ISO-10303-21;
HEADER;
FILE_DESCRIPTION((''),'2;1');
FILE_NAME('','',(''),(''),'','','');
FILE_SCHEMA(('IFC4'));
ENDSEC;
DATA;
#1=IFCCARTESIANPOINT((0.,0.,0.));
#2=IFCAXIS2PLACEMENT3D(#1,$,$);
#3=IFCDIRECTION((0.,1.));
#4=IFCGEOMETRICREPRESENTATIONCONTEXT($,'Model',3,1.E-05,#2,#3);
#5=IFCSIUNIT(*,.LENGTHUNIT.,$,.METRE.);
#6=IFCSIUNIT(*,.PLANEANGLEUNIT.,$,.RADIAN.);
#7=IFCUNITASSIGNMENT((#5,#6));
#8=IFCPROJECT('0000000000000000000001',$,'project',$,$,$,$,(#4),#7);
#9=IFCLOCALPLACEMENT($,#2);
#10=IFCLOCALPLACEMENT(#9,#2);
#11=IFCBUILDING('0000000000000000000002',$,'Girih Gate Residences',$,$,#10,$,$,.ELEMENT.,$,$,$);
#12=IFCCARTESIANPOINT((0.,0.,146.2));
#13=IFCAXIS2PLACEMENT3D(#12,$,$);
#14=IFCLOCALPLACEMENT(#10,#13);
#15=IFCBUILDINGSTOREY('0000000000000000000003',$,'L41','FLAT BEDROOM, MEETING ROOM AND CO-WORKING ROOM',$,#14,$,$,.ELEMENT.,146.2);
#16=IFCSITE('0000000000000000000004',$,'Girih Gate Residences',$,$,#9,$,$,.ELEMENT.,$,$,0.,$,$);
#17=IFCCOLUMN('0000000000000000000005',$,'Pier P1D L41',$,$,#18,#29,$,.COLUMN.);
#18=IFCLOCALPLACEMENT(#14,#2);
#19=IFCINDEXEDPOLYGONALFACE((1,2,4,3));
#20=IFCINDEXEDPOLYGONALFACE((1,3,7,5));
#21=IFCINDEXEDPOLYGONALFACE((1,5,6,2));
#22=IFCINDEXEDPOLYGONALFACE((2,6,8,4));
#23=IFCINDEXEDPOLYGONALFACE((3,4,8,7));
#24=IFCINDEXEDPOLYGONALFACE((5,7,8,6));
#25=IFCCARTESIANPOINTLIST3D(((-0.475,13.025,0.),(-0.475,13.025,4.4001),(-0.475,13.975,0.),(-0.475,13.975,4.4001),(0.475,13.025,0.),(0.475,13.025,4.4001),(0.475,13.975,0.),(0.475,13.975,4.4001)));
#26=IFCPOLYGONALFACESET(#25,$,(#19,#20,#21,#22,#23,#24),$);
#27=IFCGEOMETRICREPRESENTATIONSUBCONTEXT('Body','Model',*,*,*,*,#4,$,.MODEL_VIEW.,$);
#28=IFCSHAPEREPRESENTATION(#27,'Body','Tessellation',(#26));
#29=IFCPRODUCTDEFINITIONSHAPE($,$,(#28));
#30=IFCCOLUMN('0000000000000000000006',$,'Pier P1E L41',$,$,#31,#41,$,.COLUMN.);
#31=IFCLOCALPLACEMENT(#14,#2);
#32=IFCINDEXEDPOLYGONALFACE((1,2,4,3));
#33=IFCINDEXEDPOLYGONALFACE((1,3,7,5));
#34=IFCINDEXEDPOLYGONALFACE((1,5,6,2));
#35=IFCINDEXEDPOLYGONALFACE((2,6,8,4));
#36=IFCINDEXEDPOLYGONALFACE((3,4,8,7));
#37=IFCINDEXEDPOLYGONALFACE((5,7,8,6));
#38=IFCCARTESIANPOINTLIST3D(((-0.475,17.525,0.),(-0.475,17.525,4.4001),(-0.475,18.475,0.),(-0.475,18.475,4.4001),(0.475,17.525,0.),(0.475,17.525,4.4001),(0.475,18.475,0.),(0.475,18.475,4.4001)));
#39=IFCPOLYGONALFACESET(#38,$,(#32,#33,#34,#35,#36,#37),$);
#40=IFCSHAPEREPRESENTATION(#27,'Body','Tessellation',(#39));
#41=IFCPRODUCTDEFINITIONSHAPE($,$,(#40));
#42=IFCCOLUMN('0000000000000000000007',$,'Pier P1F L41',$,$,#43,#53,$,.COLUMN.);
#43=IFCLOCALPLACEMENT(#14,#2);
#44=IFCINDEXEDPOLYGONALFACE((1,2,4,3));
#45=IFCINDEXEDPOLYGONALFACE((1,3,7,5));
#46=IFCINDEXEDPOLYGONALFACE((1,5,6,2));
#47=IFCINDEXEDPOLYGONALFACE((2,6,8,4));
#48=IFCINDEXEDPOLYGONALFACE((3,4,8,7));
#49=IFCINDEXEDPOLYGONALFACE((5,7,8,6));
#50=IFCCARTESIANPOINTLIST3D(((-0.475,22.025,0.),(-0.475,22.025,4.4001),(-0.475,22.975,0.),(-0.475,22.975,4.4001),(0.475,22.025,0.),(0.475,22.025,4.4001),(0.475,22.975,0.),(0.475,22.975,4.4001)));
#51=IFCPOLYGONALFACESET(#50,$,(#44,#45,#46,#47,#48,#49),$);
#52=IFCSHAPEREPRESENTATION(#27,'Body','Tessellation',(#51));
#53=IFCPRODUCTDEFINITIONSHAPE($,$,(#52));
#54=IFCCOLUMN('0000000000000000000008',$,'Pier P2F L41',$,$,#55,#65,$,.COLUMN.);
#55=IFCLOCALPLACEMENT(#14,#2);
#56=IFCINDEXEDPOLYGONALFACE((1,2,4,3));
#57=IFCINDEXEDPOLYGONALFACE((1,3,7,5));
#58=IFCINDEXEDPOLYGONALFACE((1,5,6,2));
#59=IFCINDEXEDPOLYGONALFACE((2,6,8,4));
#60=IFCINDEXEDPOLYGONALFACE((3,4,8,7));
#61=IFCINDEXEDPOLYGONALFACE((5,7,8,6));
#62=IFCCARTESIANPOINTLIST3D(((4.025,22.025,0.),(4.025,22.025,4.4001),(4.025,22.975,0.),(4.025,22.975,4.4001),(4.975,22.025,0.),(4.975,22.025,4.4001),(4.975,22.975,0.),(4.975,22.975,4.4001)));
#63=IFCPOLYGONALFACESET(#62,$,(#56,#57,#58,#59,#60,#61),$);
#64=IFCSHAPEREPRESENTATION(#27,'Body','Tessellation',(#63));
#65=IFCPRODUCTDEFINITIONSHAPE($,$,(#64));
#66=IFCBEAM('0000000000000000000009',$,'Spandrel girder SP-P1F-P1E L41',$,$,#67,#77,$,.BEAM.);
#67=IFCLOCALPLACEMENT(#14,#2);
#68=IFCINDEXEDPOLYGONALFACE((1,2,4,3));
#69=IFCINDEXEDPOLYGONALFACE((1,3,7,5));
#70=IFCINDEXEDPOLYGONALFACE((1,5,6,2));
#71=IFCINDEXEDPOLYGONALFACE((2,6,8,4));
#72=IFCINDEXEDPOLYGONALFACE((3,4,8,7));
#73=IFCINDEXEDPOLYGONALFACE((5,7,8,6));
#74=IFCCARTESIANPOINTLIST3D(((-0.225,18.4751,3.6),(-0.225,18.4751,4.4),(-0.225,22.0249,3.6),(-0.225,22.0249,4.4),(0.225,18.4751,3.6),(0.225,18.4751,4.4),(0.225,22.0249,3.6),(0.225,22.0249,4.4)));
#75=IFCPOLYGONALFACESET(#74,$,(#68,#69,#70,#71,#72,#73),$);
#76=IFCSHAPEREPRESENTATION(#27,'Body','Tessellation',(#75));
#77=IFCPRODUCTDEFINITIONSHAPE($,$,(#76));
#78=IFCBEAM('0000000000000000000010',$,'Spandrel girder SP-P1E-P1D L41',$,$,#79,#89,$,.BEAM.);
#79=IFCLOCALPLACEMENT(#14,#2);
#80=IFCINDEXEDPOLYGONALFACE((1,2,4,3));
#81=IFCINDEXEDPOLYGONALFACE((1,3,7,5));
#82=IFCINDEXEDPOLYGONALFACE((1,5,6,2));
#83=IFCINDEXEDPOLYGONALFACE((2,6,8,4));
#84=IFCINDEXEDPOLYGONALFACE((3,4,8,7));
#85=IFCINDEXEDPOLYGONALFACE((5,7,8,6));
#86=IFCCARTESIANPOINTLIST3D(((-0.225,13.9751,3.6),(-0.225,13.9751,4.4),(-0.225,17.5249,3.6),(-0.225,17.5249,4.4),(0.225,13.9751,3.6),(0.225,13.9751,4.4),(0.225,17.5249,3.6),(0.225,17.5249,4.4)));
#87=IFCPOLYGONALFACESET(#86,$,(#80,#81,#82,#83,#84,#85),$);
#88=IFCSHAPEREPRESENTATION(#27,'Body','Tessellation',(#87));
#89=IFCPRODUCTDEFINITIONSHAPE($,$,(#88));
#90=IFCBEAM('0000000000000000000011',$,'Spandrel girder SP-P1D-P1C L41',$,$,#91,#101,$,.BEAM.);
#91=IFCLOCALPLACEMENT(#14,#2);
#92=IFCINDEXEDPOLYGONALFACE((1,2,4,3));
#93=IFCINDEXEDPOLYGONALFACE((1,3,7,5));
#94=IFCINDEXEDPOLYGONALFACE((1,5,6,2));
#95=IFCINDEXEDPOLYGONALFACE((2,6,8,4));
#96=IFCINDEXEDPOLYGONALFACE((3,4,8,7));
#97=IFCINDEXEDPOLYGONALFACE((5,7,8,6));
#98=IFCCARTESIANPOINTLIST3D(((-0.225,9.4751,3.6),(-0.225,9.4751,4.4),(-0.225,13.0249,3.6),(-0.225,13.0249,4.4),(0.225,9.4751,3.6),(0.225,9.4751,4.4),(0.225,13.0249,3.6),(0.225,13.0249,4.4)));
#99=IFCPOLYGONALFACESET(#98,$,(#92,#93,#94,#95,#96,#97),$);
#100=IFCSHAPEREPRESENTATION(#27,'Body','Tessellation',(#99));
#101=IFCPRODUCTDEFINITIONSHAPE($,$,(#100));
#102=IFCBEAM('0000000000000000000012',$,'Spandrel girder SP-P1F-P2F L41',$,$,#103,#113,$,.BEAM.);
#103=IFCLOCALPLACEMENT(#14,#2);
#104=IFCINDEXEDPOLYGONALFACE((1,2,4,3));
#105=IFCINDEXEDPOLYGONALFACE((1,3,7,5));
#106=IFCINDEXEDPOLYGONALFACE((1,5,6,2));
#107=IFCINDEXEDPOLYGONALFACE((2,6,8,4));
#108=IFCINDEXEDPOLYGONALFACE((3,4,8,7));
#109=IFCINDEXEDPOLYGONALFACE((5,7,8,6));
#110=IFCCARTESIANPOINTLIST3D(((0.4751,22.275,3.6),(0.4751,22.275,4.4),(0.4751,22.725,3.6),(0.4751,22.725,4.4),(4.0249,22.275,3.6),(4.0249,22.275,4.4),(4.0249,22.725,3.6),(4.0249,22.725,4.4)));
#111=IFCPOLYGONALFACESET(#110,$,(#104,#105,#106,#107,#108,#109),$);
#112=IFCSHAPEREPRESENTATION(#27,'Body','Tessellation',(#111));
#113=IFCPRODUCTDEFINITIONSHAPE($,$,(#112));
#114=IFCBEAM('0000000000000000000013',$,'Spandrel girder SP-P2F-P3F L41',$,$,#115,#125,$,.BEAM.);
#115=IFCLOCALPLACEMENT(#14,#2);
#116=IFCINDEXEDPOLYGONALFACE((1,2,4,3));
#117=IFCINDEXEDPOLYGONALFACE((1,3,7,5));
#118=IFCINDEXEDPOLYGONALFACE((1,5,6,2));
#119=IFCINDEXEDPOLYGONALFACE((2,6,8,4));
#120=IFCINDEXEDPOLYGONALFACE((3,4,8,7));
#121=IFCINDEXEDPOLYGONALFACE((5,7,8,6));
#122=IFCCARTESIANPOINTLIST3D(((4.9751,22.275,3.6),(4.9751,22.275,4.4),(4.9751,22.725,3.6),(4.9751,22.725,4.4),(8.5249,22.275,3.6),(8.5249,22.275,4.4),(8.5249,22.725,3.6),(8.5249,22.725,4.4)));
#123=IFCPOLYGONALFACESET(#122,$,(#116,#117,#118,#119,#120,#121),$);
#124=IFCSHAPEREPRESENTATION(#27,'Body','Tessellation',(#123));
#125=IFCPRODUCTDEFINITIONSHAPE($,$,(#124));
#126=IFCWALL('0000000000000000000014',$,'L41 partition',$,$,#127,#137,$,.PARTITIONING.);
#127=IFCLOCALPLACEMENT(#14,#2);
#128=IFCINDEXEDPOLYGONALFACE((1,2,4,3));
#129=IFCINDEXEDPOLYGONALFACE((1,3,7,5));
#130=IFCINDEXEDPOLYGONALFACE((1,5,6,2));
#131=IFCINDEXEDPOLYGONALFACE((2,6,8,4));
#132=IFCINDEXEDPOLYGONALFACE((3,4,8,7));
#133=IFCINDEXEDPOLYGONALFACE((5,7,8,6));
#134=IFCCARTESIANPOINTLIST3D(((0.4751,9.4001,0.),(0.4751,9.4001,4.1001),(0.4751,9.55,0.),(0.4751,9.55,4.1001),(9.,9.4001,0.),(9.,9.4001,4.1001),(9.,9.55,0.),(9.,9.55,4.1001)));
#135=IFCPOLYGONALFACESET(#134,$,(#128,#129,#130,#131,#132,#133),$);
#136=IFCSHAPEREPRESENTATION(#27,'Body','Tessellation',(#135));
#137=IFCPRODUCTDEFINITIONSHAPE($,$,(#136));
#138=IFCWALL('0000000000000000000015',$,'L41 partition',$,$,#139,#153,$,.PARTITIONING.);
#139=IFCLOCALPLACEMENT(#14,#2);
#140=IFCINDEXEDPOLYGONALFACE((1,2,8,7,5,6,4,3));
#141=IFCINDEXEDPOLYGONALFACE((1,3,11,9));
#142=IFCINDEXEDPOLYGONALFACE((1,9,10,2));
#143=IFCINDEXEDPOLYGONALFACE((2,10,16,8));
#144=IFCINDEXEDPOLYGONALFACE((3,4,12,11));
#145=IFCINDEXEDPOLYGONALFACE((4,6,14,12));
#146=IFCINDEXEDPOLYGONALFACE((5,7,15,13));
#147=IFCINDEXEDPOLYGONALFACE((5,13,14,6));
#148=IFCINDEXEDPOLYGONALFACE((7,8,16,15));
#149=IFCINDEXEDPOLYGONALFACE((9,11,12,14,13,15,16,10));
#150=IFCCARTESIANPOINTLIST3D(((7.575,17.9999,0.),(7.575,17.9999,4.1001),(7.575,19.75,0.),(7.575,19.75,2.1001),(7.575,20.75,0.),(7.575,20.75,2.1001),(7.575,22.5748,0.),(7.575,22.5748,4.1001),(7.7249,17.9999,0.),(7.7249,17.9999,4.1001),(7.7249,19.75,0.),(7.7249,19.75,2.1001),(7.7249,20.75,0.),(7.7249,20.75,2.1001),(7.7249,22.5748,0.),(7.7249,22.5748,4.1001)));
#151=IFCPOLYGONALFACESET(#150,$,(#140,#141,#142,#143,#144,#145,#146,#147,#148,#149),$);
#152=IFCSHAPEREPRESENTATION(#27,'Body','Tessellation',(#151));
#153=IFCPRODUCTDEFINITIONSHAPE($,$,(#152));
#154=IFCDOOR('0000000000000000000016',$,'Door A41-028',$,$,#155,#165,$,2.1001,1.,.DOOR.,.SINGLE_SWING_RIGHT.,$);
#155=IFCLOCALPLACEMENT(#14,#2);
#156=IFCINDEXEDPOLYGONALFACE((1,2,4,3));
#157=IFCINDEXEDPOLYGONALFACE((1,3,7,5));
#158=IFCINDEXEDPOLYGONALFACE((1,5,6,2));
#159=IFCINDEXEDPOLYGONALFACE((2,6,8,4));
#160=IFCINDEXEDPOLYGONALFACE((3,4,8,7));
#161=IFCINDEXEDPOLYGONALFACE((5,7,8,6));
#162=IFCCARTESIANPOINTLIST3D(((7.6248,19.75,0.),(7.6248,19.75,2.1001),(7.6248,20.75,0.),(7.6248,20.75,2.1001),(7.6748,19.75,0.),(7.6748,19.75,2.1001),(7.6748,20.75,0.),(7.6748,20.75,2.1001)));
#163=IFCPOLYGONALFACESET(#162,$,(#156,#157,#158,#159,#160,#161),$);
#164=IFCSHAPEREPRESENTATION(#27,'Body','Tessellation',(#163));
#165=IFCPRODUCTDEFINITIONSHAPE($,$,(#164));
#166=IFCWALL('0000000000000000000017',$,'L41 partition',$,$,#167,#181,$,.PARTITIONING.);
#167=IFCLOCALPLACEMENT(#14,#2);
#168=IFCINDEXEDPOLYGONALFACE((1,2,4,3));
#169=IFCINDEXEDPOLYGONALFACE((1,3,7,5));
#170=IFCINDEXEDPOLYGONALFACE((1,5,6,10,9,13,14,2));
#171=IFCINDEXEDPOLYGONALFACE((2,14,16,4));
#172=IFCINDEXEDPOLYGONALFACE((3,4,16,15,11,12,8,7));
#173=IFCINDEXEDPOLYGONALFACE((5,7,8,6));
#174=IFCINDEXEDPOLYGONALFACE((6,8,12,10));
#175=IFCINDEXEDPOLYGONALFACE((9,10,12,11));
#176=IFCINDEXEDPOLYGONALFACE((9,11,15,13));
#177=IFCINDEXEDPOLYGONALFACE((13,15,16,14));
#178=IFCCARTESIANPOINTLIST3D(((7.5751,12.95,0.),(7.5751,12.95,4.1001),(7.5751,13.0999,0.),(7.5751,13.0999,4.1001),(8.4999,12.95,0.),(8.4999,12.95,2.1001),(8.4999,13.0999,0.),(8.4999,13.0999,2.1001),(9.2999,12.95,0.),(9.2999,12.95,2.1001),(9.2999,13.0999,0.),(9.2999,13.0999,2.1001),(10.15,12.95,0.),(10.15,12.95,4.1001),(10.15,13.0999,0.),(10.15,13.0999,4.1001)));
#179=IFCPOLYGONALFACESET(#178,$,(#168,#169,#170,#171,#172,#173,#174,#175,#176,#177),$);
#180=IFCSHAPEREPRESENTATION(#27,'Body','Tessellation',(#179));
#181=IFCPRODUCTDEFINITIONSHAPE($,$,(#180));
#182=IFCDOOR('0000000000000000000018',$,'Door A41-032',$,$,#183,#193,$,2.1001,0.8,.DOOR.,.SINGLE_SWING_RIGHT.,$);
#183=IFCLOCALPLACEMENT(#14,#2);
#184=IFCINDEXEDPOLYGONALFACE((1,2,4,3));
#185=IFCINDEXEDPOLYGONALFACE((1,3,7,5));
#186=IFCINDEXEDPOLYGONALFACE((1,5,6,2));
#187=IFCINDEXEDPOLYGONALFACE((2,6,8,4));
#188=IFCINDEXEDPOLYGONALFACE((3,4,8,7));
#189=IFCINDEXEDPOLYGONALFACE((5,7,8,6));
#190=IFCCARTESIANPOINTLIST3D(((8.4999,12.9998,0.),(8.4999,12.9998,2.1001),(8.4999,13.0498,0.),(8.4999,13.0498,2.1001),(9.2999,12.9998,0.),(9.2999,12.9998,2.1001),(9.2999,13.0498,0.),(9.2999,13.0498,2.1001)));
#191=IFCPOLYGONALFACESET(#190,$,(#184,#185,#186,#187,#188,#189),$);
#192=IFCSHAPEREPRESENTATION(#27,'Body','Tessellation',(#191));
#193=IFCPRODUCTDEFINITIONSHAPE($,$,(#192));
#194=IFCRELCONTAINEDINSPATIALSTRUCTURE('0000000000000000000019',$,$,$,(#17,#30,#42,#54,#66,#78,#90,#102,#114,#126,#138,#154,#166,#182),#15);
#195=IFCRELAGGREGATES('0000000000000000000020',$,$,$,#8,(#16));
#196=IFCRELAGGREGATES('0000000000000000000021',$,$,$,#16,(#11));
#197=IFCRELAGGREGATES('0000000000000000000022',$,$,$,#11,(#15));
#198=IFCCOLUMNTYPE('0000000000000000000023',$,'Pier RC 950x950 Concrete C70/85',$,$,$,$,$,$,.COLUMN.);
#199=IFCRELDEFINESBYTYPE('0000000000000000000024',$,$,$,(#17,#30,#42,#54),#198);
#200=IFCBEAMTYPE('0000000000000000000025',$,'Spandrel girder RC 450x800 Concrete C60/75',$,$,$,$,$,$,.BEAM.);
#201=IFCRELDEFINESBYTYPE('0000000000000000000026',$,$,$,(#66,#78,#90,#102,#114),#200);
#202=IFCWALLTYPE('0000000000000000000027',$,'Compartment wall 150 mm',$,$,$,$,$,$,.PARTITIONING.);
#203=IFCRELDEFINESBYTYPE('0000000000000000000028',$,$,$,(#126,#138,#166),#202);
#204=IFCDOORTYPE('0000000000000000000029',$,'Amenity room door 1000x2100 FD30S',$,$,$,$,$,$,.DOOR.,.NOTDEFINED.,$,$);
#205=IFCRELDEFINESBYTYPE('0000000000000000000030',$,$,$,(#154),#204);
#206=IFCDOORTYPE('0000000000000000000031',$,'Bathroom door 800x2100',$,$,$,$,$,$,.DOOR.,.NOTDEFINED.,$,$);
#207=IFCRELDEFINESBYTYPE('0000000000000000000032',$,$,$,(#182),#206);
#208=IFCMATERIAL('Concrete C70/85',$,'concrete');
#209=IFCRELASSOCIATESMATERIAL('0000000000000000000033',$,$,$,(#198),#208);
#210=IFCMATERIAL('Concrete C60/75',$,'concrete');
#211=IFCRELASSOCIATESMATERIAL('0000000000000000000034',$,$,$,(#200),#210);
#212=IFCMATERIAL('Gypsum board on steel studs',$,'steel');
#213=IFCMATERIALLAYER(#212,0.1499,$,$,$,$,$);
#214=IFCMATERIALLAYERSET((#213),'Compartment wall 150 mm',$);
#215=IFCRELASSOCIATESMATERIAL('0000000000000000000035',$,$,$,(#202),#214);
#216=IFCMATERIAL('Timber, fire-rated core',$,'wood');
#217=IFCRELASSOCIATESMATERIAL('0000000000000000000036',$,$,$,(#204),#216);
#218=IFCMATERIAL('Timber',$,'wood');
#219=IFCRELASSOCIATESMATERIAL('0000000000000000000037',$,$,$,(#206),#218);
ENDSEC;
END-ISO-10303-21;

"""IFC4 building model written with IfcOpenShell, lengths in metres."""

from ifc_helpers import new_model, si_unit, direction, frame, frame_2d, origin, origin_2d, place, context, subcontext, project, spatial, rectangle, extrude, material, layer, layer_set, material_profile, profile_set, type_object, element, fill, save


model = new_model("IFC4")

# Units and contexts
model_context = context("Model", 3, precision=1e-05, world=origin(), true_north=direction((0.0, 1.0)))
body_context = subcontext(model_context, "Body", "Model", "MODEL_VIEW")
ifc_project = project(units=[si_unit("LENGTHUNIT", "METRE"), si_unit("PLANEANGLEUNIT", "RADIAN")], contexts=[model_context])

# Site, building, storey
site_placement = place(None, origin())
site = spatial("IfcSite", under=ifc_project, at=site_placement, Name="Girih Gate Residences", CompositionType="ELEMENT", RefElevation=0.0)
building_placement = place(site_placement, origin())
building = spatial("IfcBuilding", under=site, at=building_placement, Name="Girih Gate Residences", CompositionType="ELEMENT")
storey_placement = place(building_placement, frame((0.0, 0.0, 146.2)))
storey = spatial("IfcBuildingStorey", under=building, at=storey_placement, Name="L41", Description="FLAT BEDROOM, MEETING ROOM AND CO-WORKING ROOM", CompositionType="ELEMENT", Elevation=146.2)

# Columns
ifc_material_1 = material(Name="Concrete C70/85", Category="concrete")
ifc_material_profile_1 = material_profile(ifc_material_1, rectangle(XDim=0.95, YDim=0.95, at=origin_2d()))
ifc_profile_set_1 = profile_set([ifc_material_profile_1], Name="Concrete C70/85")
column_type = type_object("IfcColumnType", Name="Pier RC 950x950 Concrete C70/85", PredefinedType="COLUMN", material=ifc_profile_set_1)
for number, where, z_axis, x_axis, name in (
    (1, (0.0, 13.5, 0.0), (0.0, 0.0, 1.0), (1.0, 0.0, 0.0), "Pier P1D L41"),
    (2, (0.0, 18.0, 0.0), (0.0, 0.0, 1.0), (1.0, 0.0, 0.0), "Pier P1E L41"),
    (3, (0.0, 22.5, 0.0), (0.0, 0.0, 1.0), (1.0, 0.0, 0.0), "Pier P1F L41"),
    (4, (4.5, 22.5, 0.0), (0.0, 0.0, 1.0), (1.0, 0.0, 0.0), "Pier P2F L41"),
):
    element("IfcColumn", number, at=place(storey_placement, frame(where, z_axis=z_axis, x_axis=x_axis)), inside=storey, type_object=column_type, Name=name, PredefinedType="COLUMN", context=body_context, shape_type="SweptSolid", body=[
        extrude(rectangle(XDim=0.95, YDim=0.95, at=origin_2d()), origin(), (0.0, 0.0, 1.0), 4.4001),
    ])

# Beams
ifc_material_2 = material(Name="Concrete C60/75", Category="concrete")
ifc_material_profile_2 = material_profile(ifc_material_2, rectangle(XDim=0.45, YDim=0.8, at=origin_2d()))
ifc_profile_set_2 = profile_set([ifc_material_profile_2], Name="Concrete C60/75")
beam_type = type_object("IfcBeamType", Name="Spandrel girder RC 450x800 Concrete C60/75", PredefinedType="BEAM", material=ifc_profile_set_2)
for number, where, z_axis, x_axis, name in (
    (5, (0.0, 22.0249, 4.0), (0.0, -1.0, 0.0), (1.0, 0.0, 0.0), "Spandrel girder SP-P1F-P1E L41"),
    (6, (0.0, 17.5249, 4.0), (0.0, -1.0, 0.0), (1.0, 0.0, 0.0), "Spandrel girder SP-P1E-P1D L41"),
    (7, (0.0, 13.0249, 4.0), (0.0, -1.0, 0.0), (1.0, 0.0, 0.0), "Spandrel girder SP-P1D-P1C L41"),
    (8, (0.4751, 22.5, 4.0), (1.0, 0.0, 0.0), (0.0, 1.0, 0.0), "Spandrel girder SP-P1F-P2F L41"),
    (9, (4.9751, 22.5, 4.0), (1.0, 0.0, 0.0), (0.0, 1.0, 0.0), "Spandrel girder SP-P2F-P3F L41"),
):
    element("IfcBeam", number, at=place(storey_placement, frame(where, z_axis=z_axis, x_axis=x_axis)), inside=storey, type_object=beam_type, Name=name, PredefinedType="BEAM", context=body_context, shape_type="SweptSolid", body=[
        extrude(rectangle(XDim=0.45, YDim=0.8, at=origin_2d()), origin(), (0.0, 0.0, 1.0), 3.5498),
    ])

# Wall
ifc_material_3 = material(Name="Gypsum board on steel studs", Category="steel")
ifc_layer_1 = layer(ifc_material_3, 0.1499)
ifc_layer_set_1 = layer_set([ifc_layer_1], Name="Compartment wall 150 mm")
wall_type_1 = type_object("IfcWallType", Name="Compartment wall 150 mm", PredefinedType="PARTITIONING", material=ifc_layer_set_1)
wall_1_placement = place(storey_placement, frame((0.4751, 9.4751, 0.0), z_axis=(0.0, 0.0, 1.0), x_axis=(1.0, 0.0, 0.0)))
element("IfcWall", 10, at=wall_1_placement, inside=storey, type_object=wall_type_1, Name="L41 partition", PredefinedType="PARTITIONING", context=body_context, shape_type="SweptSolid", body=[
    extrude(rectangle(XDim=8.5249, YDim=0.1499, at=frame_2d((4.2625, 0.0))), origin(), (0.0, 0.0, 1.0), 4.1001),
])

# Walls, openings, doors
wall_2_placement = place(storey_placement, frame((7.6499, 22.575, 0.0), z_axis=(0.0, 0.0, 1.0), x_axis=(0.0, -1.0, 0.0)))
wall_2 = element("IfcWall", 11, at=wall_2_placement, inside=storey, type_object=wall_type_1, Name="L41 partition", PredefinedType="PARTITIONING", context=body_context, shape_type="SweptSolid", body=[
    extrude(rectangle(XDim=4.575, YDim=0.1499, at=frame_2d((2.2876, 0.0))), origin(), (0.0, 0.0, 1.0), 4.1001),
])
opening_1_placement = place(wall_2_placement, frame((1.825, 0.0, 0.0)))
opening_1 = element("IfcOpeningElement", 12, at=opening_1_placement, cuts=wall_2, PredefinedType="OPENING", context=body_context, shape_type="SweptSolid", body=[
    extrude(rectangle(XDim=1.0, YDim=2.1001, at=frame_2d((0.5, 1.05))), frame((0.0, 0.085, 0.0), z_axis=(0.0, -1.0, 0.0), x_axis=(1.0, 0.0, 0.0)), (0.0, 0.0, 1.0), 0.1699),
])
ifc_material_4 = material(Name="Timber, fire-rated core", Category="wood")
door_type_1 = type_object("IfcDoorType", Name="Amenity room door 1000x2100 FD30S", OperationType="NOTDEFINED", PredefinedType="DOOR", material=ifc_material_4)
door_1_placement = place(opening_1_placement, origin())
door_1 = element("IfcDoor", 13, at=door_1_placement, inside=storey, type_object=door_type_1, Name="Door A41-028", OperationType="SINGLE_SWING_RIGHT", OverallHeight=2.1001, OverallWidth=1.0, PredefinedType="DOOR", context=body_context, shape_type="SweptSolid", body=[
    extrude(rectangle(XDim=1.0, YDim=2.1001, at=frame_2d((0.5, 1.05))), frame((0.0, 0.0249, 0.0), z_axis=(0.0, -1.0, 0.0), x_axis=(1.0, 0.0, 0.0)), (0.0, 0.0, 1.0), 0.05),
])
fill(opening_1, door_1)
wall_3_placement = place(storey_placement, frame((7.575, 13.0249, 0.0), z_axis=(0.0, 0.0, 1.0), x_axis=(1.0, 0.0, 0.0)))
wall_3 = element("IfcWall", 14, at=wall_3_placement, inside=storey, type_object=wall_type_1, Name="L41 partition", PredefinedType="PARTITIONING", context=body_context, shape_type="SweptSolid", body=[
    extrude(rectangle(XDim=2.575, YDim=0.1499, at=frame_2d((1.2876, 0.0))), origin(), (0.0, 0.0, 1.0), 4.1001),
])
opening_2_placement = place(wall_3_placement, frame((0.925, 0.0, 0.0)))
opening_2 = element("IfcOpeningElement", 15, at=opening_2_placement, cuts=wall_3, PredefinedType="OPENING", context=body_context, shape_type="SweptSolid", body=[
    extrude(rectangle(XDim=0.8, YDim=2.1001, at=frame_2d((0.3999, 1.05))), frame((0.0, 0.085, 0.0), z_axis=(0.0, -1.0, 0.0), x_axis=(1.0, 0.0, 0.0)), (0.0, 0.0, 1.0), 0.1699),
])
ifc_material_5 = material(Name="Timber", Category="wood")
door_type_2 = type_object("IfcDoorType", Name="Bathroom door 800x2100", OperationType="NOTDEFINED", PredefinedType="DOOR", material=ifc_material_5)
door_2_placement = place(opening_2_placement, origin())
door_2 = element("IfcDoor", 16, at=door_2_placement, inside=storey, type_object=door_type_2, Name="Door A41-032", OperationType="SINGLE_SWING_RIGHT", OverallHeight=2.1001, OverallWidth=0.8, PredefinedType="DOOR", context=body_context, shape_type="SweptSolid", body=[
    extrude(rectangle(XDim=0.8, YDim=2.1001, at=frame_2d((0.3999, 1.05))), frame((0.0, 0.0249, 0.0), z_axis=(0.0, -1.0, 0.0), x_axis=(1.0, 0.0, 0.0)), (0.0, 0.0, 1.0), 0.05),
])
fill(opening_2, door_2)

save(model, "model.ifc")
